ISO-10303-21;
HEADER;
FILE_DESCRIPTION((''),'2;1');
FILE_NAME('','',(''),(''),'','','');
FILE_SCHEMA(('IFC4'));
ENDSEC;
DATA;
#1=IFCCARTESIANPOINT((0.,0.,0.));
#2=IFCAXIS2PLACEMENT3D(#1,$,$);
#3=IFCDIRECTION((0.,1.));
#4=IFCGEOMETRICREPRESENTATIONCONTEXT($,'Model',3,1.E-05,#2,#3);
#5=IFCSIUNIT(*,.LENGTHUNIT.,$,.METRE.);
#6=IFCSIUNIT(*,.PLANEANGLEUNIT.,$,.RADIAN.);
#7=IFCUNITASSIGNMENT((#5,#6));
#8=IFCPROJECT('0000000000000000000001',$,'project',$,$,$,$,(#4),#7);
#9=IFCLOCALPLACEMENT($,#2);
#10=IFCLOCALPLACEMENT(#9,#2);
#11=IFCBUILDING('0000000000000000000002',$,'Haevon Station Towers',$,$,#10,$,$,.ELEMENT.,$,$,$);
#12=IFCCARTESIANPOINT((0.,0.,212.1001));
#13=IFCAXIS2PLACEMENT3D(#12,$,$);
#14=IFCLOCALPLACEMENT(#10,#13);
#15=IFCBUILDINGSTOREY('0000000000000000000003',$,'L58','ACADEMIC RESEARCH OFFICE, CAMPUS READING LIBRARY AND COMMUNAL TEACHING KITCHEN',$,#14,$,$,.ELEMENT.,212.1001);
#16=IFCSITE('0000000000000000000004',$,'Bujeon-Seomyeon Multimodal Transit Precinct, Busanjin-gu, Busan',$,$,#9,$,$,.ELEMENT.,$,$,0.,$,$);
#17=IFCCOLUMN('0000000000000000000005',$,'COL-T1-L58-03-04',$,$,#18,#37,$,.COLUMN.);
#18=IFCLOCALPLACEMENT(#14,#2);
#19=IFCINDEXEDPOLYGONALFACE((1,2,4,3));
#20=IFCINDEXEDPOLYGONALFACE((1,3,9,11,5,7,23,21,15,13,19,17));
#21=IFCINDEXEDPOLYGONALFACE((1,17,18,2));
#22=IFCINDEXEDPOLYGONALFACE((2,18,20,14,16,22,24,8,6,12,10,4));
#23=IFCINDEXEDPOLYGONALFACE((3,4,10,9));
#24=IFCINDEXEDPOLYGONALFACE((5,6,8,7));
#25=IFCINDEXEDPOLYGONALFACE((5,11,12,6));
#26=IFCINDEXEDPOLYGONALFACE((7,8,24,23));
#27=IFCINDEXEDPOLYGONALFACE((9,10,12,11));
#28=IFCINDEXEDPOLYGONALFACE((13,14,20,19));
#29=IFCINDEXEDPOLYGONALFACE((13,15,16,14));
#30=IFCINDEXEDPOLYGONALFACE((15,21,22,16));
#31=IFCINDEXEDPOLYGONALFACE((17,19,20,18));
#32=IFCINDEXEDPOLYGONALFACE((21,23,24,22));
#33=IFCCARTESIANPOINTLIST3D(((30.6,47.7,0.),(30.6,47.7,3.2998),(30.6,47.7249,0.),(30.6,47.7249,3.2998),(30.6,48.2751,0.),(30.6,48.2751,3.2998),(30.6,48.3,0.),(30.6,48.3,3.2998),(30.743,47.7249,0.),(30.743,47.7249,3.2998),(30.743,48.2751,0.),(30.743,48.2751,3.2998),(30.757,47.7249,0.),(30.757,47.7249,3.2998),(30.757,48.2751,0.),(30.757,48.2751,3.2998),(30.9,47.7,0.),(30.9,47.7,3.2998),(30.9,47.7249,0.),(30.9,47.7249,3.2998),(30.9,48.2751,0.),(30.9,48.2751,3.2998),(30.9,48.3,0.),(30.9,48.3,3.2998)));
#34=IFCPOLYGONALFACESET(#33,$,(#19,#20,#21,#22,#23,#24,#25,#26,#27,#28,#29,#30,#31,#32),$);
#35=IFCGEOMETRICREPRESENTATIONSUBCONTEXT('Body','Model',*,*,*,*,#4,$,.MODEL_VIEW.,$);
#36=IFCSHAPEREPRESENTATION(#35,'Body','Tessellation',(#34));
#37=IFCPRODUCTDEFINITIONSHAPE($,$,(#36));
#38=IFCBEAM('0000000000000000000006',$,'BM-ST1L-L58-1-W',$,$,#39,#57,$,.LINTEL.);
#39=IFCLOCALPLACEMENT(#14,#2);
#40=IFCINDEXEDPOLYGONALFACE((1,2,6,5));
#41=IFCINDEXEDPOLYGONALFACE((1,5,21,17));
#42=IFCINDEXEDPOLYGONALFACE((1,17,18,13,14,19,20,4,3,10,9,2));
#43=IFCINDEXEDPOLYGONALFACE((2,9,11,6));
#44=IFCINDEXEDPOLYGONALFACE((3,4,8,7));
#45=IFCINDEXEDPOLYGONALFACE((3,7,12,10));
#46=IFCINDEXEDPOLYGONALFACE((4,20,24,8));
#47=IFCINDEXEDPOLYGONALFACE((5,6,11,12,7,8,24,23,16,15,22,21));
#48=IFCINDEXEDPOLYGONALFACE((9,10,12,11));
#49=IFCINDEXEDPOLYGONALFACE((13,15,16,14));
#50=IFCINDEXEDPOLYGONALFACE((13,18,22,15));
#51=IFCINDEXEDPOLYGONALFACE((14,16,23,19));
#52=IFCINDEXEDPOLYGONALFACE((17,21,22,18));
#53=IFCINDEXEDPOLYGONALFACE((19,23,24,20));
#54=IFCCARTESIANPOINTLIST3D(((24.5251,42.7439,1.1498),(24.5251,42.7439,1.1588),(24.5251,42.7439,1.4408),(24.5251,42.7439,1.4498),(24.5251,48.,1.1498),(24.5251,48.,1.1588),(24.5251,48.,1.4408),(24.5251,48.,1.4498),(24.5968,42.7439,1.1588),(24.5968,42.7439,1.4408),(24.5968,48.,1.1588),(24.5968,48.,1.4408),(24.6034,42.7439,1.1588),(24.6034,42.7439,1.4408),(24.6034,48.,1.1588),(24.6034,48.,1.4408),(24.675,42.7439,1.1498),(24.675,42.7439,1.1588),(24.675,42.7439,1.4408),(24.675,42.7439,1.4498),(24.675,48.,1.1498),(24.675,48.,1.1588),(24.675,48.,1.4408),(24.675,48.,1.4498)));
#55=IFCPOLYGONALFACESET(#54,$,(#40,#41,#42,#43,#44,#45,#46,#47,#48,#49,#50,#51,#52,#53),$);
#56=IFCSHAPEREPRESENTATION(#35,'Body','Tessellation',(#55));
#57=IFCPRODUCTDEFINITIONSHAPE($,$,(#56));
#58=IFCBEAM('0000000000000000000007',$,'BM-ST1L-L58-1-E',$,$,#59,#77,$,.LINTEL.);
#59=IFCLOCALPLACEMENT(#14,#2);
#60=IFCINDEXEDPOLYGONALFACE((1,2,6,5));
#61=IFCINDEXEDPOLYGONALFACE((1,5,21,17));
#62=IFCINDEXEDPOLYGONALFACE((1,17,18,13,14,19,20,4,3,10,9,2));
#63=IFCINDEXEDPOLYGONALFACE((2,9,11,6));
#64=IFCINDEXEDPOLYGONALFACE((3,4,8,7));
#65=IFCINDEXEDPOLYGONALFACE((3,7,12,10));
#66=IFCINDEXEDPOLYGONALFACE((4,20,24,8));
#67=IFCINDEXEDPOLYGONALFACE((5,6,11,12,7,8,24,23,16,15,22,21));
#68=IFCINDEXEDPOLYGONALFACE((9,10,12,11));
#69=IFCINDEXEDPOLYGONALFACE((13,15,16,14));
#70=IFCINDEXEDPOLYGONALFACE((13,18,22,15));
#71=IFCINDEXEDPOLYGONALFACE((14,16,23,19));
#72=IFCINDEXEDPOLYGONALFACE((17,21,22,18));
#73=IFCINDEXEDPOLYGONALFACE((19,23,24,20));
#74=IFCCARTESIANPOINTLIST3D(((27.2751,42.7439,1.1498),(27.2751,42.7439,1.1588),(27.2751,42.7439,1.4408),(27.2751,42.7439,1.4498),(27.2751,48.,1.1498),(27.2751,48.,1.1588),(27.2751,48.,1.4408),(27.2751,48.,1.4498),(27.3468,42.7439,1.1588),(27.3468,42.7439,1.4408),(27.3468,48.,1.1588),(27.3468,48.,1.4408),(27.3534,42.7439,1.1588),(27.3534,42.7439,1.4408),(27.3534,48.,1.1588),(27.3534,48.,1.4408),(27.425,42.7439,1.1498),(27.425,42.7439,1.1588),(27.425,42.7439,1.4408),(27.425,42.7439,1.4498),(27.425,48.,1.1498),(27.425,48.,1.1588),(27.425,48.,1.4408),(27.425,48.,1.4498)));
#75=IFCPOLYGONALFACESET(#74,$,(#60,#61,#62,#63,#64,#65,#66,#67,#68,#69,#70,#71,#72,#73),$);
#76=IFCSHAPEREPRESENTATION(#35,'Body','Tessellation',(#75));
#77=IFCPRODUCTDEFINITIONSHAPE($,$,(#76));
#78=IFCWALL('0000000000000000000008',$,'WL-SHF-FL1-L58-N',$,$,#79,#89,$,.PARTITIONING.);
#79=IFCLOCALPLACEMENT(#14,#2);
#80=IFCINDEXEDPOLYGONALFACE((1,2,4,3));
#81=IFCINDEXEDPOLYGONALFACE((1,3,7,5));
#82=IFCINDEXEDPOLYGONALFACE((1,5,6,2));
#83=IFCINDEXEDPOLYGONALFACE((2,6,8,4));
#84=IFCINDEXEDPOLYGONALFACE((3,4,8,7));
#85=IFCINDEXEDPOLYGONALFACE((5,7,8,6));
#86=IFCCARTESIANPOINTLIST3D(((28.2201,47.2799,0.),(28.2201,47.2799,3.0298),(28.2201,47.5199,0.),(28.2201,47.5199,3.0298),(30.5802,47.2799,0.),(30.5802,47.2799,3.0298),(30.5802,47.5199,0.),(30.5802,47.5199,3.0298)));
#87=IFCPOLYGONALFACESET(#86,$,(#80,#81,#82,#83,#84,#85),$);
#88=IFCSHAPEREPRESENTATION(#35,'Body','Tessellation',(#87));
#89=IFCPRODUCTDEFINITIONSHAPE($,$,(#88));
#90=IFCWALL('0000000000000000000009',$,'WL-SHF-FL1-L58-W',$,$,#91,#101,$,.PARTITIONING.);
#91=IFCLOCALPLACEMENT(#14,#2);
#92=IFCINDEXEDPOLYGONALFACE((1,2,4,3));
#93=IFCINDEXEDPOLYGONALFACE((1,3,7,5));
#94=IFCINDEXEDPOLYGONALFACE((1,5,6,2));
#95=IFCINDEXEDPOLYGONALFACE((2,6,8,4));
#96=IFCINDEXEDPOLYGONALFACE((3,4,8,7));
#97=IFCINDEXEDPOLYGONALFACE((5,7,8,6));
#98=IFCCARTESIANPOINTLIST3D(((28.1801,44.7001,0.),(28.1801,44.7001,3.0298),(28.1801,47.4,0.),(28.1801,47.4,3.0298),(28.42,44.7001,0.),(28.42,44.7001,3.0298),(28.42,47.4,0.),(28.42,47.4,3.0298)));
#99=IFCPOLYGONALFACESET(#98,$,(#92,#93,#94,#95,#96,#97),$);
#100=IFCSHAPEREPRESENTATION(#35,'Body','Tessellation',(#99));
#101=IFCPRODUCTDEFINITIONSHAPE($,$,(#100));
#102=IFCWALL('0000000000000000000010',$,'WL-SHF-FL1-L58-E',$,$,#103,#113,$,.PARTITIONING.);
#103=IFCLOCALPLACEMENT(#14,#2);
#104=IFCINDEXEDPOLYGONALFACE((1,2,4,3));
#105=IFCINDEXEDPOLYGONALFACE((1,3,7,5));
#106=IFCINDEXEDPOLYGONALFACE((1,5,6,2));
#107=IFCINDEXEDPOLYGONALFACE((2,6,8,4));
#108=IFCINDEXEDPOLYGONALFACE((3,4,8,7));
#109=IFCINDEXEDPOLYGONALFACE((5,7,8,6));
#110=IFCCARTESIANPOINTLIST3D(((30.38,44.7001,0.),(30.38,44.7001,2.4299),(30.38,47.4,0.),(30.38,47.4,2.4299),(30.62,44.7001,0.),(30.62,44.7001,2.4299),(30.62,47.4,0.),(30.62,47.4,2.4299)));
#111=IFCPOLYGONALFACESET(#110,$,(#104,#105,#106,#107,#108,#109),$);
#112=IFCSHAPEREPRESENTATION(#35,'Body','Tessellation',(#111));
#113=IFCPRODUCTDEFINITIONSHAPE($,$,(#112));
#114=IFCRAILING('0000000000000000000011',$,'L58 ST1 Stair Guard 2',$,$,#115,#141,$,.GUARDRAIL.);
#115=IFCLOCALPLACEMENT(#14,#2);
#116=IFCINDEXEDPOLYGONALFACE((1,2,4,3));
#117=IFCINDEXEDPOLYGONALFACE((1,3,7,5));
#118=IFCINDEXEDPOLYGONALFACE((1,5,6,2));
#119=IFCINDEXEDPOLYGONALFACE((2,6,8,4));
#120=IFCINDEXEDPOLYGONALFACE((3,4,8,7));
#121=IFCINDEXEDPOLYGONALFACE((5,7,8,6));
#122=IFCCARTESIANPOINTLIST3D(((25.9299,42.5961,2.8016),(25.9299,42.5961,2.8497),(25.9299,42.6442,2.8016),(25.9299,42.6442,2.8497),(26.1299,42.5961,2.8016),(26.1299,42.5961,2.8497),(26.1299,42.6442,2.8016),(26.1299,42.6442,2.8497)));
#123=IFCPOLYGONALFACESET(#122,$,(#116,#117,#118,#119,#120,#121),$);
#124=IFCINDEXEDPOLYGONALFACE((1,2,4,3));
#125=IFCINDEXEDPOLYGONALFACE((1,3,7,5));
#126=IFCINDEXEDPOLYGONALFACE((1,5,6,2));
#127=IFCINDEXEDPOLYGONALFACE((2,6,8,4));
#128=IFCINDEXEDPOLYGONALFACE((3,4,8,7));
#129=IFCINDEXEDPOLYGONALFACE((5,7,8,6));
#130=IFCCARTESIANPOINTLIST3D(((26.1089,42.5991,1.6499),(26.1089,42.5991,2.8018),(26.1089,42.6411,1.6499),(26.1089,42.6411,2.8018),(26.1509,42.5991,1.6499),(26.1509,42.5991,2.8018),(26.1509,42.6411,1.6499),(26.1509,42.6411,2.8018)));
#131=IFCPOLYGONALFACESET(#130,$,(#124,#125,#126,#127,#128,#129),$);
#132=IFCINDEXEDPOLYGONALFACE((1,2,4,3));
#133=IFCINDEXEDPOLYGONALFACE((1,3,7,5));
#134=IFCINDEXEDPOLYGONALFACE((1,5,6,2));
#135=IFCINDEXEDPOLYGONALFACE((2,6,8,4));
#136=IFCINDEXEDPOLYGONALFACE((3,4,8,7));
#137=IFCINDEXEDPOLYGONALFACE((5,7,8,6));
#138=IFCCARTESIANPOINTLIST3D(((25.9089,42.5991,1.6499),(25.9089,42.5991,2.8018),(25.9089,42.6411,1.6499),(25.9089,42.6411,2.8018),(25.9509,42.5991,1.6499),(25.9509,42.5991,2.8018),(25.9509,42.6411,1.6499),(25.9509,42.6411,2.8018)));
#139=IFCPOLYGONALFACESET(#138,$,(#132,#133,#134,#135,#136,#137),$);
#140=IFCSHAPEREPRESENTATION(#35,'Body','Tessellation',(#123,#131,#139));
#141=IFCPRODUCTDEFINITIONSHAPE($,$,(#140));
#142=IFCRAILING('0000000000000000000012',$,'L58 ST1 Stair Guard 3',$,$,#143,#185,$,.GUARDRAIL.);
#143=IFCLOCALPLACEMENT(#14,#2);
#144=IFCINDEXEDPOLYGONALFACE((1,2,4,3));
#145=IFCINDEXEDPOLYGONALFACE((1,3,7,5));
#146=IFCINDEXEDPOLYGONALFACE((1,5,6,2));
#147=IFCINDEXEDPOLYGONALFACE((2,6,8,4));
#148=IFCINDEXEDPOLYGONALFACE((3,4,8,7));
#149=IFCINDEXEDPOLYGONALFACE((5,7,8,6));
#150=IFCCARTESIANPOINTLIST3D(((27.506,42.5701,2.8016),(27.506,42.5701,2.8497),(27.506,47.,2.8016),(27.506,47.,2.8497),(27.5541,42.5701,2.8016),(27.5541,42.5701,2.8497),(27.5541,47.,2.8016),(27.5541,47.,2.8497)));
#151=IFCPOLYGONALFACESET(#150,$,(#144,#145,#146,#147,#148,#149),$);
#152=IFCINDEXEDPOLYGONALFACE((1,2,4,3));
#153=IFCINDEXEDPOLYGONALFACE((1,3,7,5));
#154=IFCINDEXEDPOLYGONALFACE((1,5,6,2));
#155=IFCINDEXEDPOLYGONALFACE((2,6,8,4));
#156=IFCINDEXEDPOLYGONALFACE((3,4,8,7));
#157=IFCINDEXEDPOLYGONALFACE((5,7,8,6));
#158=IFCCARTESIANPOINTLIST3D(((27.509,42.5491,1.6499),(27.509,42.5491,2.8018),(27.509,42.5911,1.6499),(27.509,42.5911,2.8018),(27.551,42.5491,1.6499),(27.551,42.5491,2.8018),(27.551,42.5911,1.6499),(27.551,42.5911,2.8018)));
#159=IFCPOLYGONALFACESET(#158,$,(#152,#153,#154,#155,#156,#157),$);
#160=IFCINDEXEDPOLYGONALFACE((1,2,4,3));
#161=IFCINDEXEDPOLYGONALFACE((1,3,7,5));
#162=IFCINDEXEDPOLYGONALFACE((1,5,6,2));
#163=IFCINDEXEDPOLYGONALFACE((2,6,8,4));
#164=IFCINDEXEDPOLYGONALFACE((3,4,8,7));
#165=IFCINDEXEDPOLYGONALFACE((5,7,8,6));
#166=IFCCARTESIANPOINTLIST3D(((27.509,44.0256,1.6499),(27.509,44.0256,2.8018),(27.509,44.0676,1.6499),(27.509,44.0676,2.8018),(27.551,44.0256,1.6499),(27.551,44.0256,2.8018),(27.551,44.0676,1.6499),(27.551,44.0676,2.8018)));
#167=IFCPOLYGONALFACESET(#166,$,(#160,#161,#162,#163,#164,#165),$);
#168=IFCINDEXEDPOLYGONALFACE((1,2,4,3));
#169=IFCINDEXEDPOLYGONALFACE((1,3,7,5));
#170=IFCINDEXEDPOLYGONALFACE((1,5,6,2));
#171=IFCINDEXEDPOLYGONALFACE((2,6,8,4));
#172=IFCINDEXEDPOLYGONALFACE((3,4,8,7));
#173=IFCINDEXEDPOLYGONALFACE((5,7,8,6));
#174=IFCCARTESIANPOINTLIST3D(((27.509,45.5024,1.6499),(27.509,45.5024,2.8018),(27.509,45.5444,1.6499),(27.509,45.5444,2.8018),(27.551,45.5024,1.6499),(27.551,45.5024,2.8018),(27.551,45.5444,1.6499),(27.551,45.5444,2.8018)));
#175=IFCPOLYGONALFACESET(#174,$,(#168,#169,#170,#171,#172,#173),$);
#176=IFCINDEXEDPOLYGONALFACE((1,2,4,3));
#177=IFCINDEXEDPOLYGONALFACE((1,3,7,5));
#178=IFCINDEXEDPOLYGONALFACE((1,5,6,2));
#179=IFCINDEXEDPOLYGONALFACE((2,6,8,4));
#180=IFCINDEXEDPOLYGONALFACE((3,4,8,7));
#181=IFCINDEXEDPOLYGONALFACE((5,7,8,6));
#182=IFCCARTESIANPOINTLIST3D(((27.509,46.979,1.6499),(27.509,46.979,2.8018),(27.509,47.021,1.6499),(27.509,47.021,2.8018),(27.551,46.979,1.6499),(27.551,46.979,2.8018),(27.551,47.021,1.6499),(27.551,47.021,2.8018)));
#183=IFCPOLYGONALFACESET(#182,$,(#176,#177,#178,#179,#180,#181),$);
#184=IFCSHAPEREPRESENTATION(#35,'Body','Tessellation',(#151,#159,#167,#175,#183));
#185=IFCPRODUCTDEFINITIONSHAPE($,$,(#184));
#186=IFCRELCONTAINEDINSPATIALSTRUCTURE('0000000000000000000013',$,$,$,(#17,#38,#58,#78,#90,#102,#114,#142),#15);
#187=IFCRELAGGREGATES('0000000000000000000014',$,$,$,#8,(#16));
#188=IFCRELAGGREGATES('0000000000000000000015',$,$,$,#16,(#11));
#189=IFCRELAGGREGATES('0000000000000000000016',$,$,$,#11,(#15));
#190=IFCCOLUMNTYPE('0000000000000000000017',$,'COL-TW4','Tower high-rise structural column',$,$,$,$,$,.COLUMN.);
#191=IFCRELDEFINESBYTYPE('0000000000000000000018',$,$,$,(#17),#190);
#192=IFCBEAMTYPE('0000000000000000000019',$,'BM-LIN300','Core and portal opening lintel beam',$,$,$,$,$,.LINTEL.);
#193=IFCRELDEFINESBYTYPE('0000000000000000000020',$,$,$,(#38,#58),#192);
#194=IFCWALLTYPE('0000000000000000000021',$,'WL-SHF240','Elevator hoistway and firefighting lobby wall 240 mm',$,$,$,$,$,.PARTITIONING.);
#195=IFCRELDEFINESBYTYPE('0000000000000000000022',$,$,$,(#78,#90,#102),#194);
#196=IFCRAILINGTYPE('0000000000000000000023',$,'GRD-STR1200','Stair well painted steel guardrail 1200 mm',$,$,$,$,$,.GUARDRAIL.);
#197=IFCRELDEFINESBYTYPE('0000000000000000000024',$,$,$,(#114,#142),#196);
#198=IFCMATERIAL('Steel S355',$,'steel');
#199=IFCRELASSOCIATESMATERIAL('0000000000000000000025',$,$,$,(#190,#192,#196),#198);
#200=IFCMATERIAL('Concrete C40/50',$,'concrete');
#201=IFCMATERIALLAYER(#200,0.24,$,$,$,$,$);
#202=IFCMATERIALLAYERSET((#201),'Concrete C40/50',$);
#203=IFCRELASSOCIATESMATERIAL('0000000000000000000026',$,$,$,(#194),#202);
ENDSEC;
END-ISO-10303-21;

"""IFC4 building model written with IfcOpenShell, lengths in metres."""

from ifc_helpers import new_model, si_unit, direction, frame, frame_2d, origin, origin_2d, place, context, subcontext, project, spatial, rectangle, i_section, extrude, material, layer, layer_set, material_profile, profile_set, type_object, element, save


model = new_model("IFC4")

# Units and contexts
model_context = context("Model", 3, precision=1e-05, world=origin(), true_north=direction((0.0, 1.0)))
body_context = subcontext(model_context, "Body", "Model", "MODEL_VIEW")
ifc_project = project(units=[si_unit("LENGTHUNIT", "METRE"), si_unit("PLANEANGLEUNIT", "RADIAN")], contexts=[model_context])

# Site, building, storey
site_placement = place(None, origin())
site = spatial("IfcSite", under=ifc_project, at=site_placement, Name="Bujeon-Seomyeon Multimodal Transit Precinct, Busanjin-gu, Busan", CompositionType="ELEMENT", RefElevation=0.0)
building_placement = place(site_placement, origin())
building = spatial("IfcBuilding", under=site, at=building_placement, Name="Haevon Station Towers", CompositionType="ELEMENT")
storey_placement = place(building_placement, frame((0.0, 0.0, 212.1001)))
storey = spatial("IfcBuildingStorey", under=building, at=storey_placement, Name="L58", Description="ACADEMIC RESEARCH OFFICE, CAMPUS READING LIBRARY AND COMMUNAL TEACHING KITCHEN", CompositionType="ELEMENT", Elevation=212.1001)

# Column
ifc_material_1 = material(Name="Steel S355", Category="steel")
ifc_material_profile_1 = material_profile(ifc_material_1, i_section(OverallWidth=0.3, OverallDepth=0.6001, WebThickness=0.0139, FlangeThickness=0.0249, at=origin_2d()), Name="H-600x300x14x25")
ifc_profile_set_1 = profile_set([ifc_material_profile_1], Name="Steel S355")
column_type = type_object("IfcColumnType", Name="COL-TW4", Description="Tower high-rise structural column", PredefinedType="COLUMN", material=ifc_profile_set_1)
column_placement = place(storey_placement, frame((30.75, 48.0, 0.0), z_axis=(0.0, 0.0, 1.0), x_axis=(1.0, 0.0, 0.0)))
element("IfcColumn", 1, at=column_placement, inside=storey, type_object=column_type, Name="COL-T1-L58-03-04", PredefinedType="COLUMN", context=body_context, shape_type="SweptSolid", body=[
    extrude(i_section(OverallWidth=0.3, OverallDepth=0.6001, WebThickness=0.0139, FlangeThickness=0.0249, at=origin_2d()), origin(), (0.0, 0.0, 1.0), 3.2998),
])

# Beams
ifc_material_profile_2 = material_profile(ifc_material_1, i_section(OverallWidth=0.1499, OverallDepth=0.3, WebThickness=0.0066, FlangeThickness=0.009, at=origin_2d()), Name="H-300x150x6.5x9")
ifc_profile_set_2 = profile_set([ifc_material_profile_2], Name="Steel S355")
beam_type = type_object("IfcBeamType", Name="BM-LIN300", Description="Core and portal opening lintel beam", PredefinedType="LINTEL", material=ifc_profile_set_2)
for number, where, z_axis, x_axis, name in (
    (2, (24.6001, 42.7439, 1.2998), (0.0, 1.0, 0.0), (-1.0, 0.0, 0.0), "BM-ST1L-L58-1-W"),
    (3, (27.3501, 42.7439, 1.2998), (0.0, 1.0, 0.0), (-1.0, 0.0, 0.0), "BM-ST1L-L58-1-E"),
):
    element("IfcBeam", number, at=place(storey_placement, frame(where, z_axis=z_axis, x_axis=x_axis)), inside=storey, type_object=beam_type, Name=name, PredefinedType="LINTEL", context=body_context, shape_type="SweptSolid", body=[
        extrude(i_section(OverallWidth=0.1499, OverallDepth=0.3, WebThickness=0.0066, FlangeThickness=0.009, at=origin_2d()), origin(), (0.0, 0.0, 1.0), 5.2561),
    ])

# Shared definitions
ifc_material_2 = material(Name="Concrete C40/50", Category="concrete")
ifc_layer = layer(ifc_material_2, 0.24)
ifc_layer_set = layer_set([ifc_layer], Name="Concrete C40/50")
wall_type = type_object("IfcWallType", Name="WL-SHF240", Description="Elevator hoistway and firefighting lobby wall 240 mm", PredefinedType="PARTITIONING", material=ifc_layer_set)

# Walls
wall_1_placement = place(storey_placement, frame((28.22, 47.3999, 0.0), z_axis=(0.0, 0.0, 1.0), x_axis=(1.0, 0.0, 0.0)))
element("IfcWall", 4, at=wall_1_placement, inside=storey, type_object=wall_type, Name="WL-SHF-FL1-L58-N", PredefinedType="PARTITIONING", context=body_context, shape_type="SweptSolid", body=[
    extrude(rectangle(XDim=2.3601, YDim=0.24, at=frame_2d((1.1802, 0.0))), origin(), (0.0, 0.0, 1.0), 3.0298),
])
wall_2_placement = place(storey_placement, frame((28.3, 44.7, 0.0), z_axis=(0.0, 0.0, 1.0), x_axis=(0.0, 1.0, 0.0)))
element("IfcWall", 5, at=wall_2_placement, inside=storey, type_object=wall_type, Name="WL-SHF-FL1-L58-W", PredefinedType="PARTITIONING", context=body_context, shape_type="SweptSolid", body=[
    extrude(rectangle(XDim=2.7, YDim=0.24, at=frame_2d((1.3501, 0.0))), origin(), (0.0, 0.0, 1.0), 3.0298),
])
wall_3_placement = place(storey_placement, frame((30.5, 44.7, 0.0), z_axis=(0.0, 0.0, 1.0), x_axis=(0.0, 1.0, 0.0)))
element("IfcWall", 6, at=wall_3_placement, inside=storey, type_object=wall_type, Name="WL-SHF-FL1-L58-E", PredefinedType="PARTITIONING", context=body_context, shape_type="SweptSolid", body=[
    extrude(rectangle(XDim=2.7, YDim=0.24, at=frame_2d((1.3501, 0.0))), origin(), (0.0, 0.0, 1.0), 2.4299),
])

# Railings
railing_type = type_object("IfcRailingType", Name="GRD-STR1200", Description="Stair well painted steel guardrail 1200 mm", PredefinedType="GUARDRAIL", material=ifc_material_1)
railing_1_placement = place(storey_placement, frame((26.1299, 42.6201, 1.6499)))
element("IfcRailing", 7, at=railing_1_placement, inside=storey, type_object=railing_type, Name="L58 ST1 Stair Guard 2", PredefinedType="GUARDRAIL", context=body_context, shape_type="SweptSolid", body=[
    extrude(rectangle(XDim=0.0481, YDim=0.0481, at=origin_2d()), frame((0.0, 0.0, 1.1758), z_axis=(-1.0, 0.0, 0.0), x_axis=(0.0, -1.0, 0.0)), (0.0, 0.0, 1.0), 0.2),
    extrude(rectangle(XDim=0.042, YDim=0.042, at=origin_2d()), origin(), (0.0, 0.0, 1.0), 1.1519),
    extrude(rectangle(XDim=0.042, YDim=0.042, at=origin_2d()), frame((-0.2, 0.0, 0.0)), (0.0, 0.0, 1.0), 1.1519),
])
railing_2_placement = place(storey_placement, frame((27.53, 42.5701, 1.6499)))
element("IfcRailing", 8, at=railing_2_placement, inside=storey, type_object=railing_type, Name="L58 ST1 Stair Guard 3", PredefinedType="GUARDRAIL", context=body_context, shape_type="SweptSolid", body=[
    extrude(rectangle(XDim=0.0481, YDim=0.0481, at=origin_2d()), frame((0.0, 0.0, 1.1758), z_axis=(0.0, 1.0, 0.0), x_axis=(-1.0, 0.0, 0.0)), (0.0, 0.0, 1.0), 4.4299),
    extrude(rectangle(XDim=0.042, YDim=0.042, at=origin_2d()), origin(), (0.0, 0.0, 1.0), 1.1519),
    extrude(rectangle(XDim=0.042, YDim=0.042, at=origin_2d()), frame((0.0, 1.4766, 0.0)), (0.0, 0.0, 1.0), 1.1519),
    extrude(rectangle(XDim=0.042, YDim=0.042, at=origin_2d()), frame((0.0, 2.9534, 0.0)), (0.0, 0.0, 1.0), 1.1519),
    extrude(rectangle(XDim=0.042, YDim=0.042, at=origin_2d()), frame((0.0, 4.4299, 0.0)), (0.0, 0.0, 1.0), 1.1519),
])

save(model, "model.ifc")
